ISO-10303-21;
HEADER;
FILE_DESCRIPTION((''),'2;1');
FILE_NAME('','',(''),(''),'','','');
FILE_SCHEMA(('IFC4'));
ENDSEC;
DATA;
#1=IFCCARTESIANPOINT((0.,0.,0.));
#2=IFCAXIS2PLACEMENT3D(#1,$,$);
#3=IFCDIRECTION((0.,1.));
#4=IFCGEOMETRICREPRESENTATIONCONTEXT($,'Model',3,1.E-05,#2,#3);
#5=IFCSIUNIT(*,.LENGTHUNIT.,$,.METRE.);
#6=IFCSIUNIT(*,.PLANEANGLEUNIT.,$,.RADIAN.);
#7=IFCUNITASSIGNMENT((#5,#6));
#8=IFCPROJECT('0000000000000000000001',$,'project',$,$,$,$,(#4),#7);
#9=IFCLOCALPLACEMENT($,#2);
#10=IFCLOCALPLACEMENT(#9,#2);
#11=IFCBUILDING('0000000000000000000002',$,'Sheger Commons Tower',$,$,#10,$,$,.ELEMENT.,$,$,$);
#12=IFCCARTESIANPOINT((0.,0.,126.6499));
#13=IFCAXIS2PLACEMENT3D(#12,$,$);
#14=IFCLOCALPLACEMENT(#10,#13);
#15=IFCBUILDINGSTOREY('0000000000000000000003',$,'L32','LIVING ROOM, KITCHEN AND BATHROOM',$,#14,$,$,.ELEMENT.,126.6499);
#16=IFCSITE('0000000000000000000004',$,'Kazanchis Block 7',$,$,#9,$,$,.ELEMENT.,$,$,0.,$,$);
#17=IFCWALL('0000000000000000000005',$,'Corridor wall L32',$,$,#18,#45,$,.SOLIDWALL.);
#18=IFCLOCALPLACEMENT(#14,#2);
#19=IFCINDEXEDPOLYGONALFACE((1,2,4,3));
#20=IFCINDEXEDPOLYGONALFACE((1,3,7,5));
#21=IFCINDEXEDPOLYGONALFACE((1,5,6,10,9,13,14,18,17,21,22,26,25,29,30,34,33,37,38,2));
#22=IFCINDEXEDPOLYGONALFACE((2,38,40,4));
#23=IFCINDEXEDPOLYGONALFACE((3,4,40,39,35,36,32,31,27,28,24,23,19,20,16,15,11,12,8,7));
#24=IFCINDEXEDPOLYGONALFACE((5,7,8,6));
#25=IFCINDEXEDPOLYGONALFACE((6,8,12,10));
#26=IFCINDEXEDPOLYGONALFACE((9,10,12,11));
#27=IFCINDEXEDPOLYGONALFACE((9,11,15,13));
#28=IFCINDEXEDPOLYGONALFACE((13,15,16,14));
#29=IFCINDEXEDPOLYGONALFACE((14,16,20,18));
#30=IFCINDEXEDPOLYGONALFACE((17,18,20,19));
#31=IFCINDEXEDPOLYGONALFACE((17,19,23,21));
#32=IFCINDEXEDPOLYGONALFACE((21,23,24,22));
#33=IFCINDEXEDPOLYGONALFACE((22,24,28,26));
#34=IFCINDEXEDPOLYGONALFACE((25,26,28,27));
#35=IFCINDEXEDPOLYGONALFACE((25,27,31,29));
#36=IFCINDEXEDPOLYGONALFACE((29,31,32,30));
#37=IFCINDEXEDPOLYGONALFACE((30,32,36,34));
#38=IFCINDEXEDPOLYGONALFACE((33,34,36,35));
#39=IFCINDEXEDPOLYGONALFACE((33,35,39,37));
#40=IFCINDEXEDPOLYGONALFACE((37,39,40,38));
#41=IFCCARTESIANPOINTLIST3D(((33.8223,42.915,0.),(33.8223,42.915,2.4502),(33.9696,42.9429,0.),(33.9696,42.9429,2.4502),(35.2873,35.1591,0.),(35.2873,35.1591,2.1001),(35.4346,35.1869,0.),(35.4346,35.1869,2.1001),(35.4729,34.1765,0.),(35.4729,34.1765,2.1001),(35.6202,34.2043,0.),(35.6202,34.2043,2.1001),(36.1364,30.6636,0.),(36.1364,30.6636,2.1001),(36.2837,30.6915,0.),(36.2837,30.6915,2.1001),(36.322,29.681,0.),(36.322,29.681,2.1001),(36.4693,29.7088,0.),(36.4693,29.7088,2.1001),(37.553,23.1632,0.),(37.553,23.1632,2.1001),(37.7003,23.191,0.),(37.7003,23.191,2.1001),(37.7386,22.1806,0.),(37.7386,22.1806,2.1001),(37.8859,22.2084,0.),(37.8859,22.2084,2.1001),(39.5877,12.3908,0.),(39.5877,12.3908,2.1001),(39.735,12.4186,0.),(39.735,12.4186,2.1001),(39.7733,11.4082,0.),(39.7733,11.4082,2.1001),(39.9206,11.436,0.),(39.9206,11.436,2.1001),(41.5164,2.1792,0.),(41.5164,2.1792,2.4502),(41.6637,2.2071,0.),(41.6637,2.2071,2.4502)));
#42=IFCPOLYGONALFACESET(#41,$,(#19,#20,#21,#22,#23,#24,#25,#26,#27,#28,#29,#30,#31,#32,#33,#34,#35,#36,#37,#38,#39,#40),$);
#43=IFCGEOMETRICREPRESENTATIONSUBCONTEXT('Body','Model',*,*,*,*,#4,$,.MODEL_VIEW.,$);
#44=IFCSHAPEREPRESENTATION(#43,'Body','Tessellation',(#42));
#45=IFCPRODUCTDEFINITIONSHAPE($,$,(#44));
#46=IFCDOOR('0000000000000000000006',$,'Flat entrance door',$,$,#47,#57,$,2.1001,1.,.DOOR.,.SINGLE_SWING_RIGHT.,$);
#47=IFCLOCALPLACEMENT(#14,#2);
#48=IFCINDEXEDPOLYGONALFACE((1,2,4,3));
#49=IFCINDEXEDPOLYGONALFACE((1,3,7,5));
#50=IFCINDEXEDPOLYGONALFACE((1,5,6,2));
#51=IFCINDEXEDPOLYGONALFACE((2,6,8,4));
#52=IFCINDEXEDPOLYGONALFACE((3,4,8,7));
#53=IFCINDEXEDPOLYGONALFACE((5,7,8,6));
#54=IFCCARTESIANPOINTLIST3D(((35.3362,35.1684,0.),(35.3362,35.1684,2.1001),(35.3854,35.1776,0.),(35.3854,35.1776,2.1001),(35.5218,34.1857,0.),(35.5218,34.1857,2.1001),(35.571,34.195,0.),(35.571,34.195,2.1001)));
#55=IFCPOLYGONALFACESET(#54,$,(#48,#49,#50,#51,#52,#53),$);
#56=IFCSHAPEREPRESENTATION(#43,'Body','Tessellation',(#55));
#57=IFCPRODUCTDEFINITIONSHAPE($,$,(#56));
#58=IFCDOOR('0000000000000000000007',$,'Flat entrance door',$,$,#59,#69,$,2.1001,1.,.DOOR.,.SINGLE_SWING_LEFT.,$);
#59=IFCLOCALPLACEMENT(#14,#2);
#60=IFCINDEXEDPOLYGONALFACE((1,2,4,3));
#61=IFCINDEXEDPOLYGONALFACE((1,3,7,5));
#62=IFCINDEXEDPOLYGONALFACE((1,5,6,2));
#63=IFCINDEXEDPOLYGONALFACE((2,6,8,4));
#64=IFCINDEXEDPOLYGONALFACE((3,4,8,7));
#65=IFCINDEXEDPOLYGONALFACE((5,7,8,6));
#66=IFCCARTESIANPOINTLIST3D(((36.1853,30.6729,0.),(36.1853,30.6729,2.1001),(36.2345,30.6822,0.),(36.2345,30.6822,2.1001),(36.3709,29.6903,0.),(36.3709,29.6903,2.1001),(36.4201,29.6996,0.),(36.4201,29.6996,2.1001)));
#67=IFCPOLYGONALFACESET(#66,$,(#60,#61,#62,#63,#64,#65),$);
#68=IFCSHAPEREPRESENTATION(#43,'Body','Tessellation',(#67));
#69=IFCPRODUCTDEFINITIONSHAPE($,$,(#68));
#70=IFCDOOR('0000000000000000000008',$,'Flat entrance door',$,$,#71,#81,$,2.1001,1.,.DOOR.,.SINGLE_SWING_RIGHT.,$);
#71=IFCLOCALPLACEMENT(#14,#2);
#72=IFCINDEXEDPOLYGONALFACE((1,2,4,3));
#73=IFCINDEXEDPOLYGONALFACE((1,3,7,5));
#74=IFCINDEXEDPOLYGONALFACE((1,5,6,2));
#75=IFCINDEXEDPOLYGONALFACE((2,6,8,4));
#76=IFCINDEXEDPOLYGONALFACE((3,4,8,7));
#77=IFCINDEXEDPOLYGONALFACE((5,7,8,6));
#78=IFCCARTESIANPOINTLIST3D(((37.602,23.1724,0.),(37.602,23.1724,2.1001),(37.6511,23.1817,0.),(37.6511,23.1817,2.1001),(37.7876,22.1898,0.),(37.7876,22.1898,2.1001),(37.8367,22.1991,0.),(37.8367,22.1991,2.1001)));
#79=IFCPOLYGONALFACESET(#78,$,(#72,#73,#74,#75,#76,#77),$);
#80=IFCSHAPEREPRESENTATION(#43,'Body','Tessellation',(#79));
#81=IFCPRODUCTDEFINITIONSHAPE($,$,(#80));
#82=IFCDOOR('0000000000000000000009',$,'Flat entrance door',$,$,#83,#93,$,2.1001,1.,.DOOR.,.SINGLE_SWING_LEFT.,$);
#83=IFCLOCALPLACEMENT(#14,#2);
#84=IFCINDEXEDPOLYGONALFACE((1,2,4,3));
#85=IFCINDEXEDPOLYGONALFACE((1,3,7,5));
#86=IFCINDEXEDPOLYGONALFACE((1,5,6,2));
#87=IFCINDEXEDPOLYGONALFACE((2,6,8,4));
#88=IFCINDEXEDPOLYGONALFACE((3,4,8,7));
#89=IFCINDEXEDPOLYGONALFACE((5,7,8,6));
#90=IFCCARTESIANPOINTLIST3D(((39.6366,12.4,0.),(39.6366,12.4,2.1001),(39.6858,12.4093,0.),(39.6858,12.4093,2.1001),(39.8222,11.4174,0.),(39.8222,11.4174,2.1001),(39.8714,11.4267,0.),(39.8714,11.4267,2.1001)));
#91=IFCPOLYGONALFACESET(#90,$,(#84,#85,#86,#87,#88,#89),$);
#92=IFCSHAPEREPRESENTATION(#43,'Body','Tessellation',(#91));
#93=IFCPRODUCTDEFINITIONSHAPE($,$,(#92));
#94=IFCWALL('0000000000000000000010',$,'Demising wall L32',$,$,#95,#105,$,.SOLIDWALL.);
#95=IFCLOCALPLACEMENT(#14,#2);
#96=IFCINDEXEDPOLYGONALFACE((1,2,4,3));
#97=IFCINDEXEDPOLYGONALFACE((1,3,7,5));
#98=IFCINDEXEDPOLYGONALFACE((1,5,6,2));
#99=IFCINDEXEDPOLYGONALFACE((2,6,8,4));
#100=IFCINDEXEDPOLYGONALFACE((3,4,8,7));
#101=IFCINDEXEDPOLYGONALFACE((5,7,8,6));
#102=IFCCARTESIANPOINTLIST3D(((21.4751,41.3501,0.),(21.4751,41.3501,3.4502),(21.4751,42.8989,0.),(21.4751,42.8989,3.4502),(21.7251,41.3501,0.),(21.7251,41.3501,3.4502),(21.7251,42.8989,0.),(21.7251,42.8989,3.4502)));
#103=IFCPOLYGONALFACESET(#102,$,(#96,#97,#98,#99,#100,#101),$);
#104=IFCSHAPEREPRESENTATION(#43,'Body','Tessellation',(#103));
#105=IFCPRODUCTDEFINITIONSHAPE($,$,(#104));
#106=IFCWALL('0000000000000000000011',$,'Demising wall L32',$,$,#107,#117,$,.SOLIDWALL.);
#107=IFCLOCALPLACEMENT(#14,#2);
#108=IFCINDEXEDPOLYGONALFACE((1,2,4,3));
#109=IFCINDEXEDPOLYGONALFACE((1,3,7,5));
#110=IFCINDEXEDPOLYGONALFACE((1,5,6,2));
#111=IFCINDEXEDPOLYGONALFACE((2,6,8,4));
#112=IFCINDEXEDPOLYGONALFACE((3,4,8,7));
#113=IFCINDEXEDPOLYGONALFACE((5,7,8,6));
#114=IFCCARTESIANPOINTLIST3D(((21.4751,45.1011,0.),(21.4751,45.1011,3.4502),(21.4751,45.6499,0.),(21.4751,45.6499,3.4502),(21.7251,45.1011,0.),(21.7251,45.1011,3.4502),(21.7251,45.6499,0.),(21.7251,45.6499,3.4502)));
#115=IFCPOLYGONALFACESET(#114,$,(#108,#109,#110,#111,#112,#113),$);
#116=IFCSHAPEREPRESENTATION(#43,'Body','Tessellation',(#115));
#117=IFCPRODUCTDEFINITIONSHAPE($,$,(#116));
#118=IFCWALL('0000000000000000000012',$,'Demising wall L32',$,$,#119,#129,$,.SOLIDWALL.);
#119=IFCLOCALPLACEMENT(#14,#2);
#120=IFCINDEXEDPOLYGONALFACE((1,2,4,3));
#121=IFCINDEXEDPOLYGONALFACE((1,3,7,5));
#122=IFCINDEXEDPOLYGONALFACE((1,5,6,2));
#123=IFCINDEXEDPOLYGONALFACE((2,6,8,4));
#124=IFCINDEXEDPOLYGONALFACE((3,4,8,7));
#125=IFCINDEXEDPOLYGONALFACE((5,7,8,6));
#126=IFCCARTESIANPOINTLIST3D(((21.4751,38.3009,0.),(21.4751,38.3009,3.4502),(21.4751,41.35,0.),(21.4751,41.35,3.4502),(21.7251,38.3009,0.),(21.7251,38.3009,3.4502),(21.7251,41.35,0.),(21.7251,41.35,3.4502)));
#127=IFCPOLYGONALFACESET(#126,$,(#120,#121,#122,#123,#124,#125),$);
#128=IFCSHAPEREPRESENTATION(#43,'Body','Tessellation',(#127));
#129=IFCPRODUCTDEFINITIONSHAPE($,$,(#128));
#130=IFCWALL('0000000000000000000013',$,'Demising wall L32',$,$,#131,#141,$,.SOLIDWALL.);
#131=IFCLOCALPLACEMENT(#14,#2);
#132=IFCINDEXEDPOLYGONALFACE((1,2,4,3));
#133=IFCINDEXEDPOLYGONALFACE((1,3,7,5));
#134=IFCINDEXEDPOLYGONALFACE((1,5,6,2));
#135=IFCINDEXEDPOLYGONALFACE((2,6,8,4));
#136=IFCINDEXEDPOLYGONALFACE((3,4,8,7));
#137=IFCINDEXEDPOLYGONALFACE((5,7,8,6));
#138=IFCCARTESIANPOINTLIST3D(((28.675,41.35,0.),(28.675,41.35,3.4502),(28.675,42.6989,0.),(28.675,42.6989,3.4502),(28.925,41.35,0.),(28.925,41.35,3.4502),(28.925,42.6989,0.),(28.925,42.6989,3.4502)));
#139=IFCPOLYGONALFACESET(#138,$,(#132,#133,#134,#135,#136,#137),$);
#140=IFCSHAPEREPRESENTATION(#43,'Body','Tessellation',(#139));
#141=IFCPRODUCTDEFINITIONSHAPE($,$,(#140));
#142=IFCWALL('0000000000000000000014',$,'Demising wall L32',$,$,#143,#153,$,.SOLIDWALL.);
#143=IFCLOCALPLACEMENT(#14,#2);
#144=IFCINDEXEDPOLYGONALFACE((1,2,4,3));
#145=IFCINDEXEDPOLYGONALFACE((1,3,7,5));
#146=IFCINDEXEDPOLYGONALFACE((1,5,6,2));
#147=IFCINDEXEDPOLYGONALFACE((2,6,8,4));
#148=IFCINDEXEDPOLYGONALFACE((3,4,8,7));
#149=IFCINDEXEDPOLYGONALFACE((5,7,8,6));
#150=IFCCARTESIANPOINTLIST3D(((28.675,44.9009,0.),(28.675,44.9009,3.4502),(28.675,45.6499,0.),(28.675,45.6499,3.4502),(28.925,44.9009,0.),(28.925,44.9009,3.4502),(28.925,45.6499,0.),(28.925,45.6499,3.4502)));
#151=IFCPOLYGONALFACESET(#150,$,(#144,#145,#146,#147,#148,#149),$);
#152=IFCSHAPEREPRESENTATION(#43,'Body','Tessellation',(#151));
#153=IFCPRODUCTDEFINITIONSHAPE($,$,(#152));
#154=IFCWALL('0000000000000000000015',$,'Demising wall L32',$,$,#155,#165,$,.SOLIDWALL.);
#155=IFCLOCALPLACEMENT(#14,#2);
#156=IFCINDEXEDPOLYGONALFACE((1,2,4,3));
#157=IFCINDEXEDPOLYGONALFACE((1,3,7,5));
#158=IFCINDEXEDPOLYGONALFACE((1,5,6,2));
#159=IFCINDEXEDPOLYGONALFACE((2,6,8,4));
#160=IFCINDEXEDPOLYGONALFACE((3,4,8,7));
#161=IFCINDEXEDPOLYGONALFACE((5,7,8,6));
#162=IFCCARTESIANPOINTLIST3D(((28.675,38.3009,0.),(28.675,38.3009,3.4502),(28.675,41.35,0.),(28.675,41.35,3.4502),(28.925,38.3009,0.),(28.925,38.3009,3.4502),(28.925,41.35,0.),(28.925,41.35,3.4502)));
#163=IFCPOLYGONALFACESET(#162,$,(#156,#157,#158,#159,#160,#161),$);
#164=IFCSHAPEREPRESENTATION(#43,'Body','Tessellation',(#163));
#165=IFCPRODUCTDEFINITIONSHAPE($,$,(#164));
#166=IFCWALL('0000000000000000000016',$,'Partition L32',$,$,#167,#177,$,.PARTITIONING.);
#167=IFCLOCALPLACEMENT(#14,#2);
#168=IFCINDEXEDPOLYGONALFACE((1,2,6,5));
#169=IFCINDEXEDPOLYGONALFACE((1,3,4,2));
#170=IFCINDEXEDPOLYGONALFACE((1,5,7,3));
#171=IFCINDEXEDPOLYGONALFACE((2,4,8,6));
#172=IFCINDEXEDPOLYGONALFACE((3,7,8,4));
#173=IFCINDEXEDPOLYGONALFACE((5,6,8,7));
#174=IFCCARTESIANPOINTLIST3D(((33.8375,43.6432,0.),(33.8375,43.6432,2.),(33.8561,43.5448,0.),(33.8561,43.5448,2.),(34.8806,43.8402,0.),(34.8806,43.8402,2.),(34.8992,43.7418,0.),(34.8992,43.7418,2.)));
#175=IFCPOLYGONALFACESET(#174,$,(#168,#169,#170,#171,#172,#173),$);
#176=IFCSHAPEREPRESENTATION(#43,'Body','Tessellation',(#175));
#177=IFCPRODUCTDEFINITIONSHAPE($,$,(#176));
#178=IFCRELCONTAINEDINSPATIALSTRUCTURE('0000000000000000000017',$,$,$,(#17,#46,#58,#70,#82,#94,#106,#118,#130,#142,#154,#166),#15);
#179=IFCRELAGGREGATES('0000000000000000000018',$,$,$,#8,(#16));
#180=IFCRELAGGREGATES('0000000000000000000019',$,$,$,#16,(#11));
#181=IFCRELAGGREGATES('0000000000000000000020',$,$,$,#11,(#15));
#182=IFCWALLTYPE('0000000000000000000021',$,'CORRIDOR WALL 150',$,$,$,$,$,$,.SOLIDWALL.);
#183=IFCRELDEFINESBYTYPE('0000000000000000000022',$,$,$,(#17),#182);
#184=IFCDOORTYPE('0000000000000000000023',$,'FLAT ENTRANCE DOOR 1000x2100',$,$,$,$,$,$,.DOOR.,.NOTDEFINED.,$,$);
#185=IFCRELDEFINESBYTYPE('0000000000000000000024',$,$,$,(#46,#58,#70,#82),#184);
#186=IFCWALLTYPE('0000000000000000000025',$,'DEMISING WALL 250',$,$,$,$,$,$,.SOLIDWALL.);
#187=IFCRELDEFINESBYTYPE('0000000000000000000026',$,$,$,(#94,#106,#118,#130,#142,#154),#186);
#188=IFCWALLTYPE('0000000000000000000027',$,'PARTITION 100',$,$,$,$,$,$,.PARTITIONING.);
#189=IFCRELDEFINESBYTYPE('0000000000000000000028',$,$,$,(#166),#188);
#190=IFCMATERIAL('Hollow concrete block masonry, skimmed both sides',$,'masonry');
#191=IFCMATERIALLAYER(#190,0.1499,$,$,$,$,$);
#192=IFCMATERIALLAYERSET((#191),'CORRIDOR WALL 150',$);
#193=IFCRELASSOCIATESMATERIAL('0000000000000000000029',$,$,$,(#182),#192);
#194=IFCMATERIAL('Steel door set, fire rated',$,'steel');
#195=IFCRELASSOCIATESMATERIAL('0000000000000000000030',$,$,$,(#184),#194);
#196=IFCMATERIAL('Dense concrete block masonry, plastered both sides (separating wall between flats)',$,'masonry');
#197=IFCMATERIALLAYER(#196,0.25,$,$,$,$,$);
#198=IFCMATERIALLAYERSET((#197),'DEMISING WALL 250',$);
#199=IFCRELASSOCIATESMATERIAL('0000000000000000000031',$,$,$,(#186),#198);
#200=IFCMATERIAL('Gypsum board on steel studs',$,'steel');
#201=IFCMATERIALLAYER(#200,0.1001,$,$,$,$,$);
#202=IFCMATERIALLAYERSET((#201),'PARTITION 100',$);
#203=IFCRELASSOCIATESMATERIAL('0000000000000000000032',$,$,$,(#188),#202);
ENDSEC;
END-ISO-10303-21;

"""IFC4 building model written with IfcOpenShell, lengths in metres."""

from ifc_helpers import new_model, si_unit, direction, frame, frame_2d, origin, place, context, subcontext, project, spatial, rectangle, extrude, material, layer, layer_set, type_object, element, fill, save


model = new_model("IFC4")

# Units and contexts
model_context = context("Model", 3, precision=1e-05, world=origin(), true_north=direction((0.0, 1.0)))
body_context = subcontext(model_context, "Body", "Model", "MODEL_VIEW")
ifc_project = project(units=[si_unit("LENGTHUNIT", "METRE"), si_unit("PLANEANGLEUNIT", "RADIAN")], contexts=[model_context])

# Site, building, storey
site_placement = place(None, origin())
site = spatial("IfcSite", under=ifc_project, at=site_placement, Name="Kazanchis Block 7", CompositionType="ELEMENT", RefElevation=0.0)
building_placement = place(site_placement, origin())
building = spatial("IfcBuilding", under=site, at=building_placement, Name="Sheger Commons Tower", CompositionType="ELEMENT")
storey_placement = place(building_placement, frame((0.0, 0.0, 126.6499)))
storey = spatial("IfcBuildingStorey", under=building, at=storey_placement, Name="L32", Description="LIVING ROOM, KITCHEN AND BATHROOM", CompositionType="ELEMENT", Elevation=126.6499)

# Shared definitions
ifc_material_1 = material(Name="Hollow concrete block masonry, skimmed both sides", Category="masonry")
ifc_layer_1 = layer(ifc_material_1, 0.1499)
ifc_layer_set_1 = layer_set([ifc_layer_1], Name="CORRIDOR WALL 150")
wall_type_1 = type_object("IfcWallType", Name="CORRIDOR WALL 150", PredefinedType="SOLIDWALL", material=ifc_layer_set_1)

# Wall, openings, doors
wall_1_placement = place(storey_placement, frame((33.896, 42.929, 0.0), z_axis=(0.0, 0.0, 1.0), x_axis=(0.185596, -0.982626, 0.0)))
wall_1 = element("IfcWall", 1, at=wall_1_placement, inside=storey, type_object=wall_type_1, Name="Corridor wall L32", PredefinedType="SOLIDWALL", context=body_context, shape_type="SweptSolid", body=[
    extrude(rectangle(XDim=41.4561, YDim=0.1499, at=frame_2d((20.728, 0.0))), origin(), (0.0, 0.0, 1.0), 2.4502),
])
opening_1_placement = place(wall_1_placement, frame((7.8931, 0.0, 0.0)))
opening_1 = element("IfcOpeningElement", 2, at=opening_1_placement, cuts=wall_1, PredefinedType="OPENING", context=body_context, shape_type="SweptSolid", body=[
    extrude(rectangle(XDim=1.0, YDim=2.1001, at=frame_2d((0.5, 1.05))), frame((0.0, 0.085, 0.0), z_axis=(0.0, -1.0, 0.0), x_axis=(1.0, 0.0, 0.0)), (0.0, 0.0, 1.0), 0.1699),
])
opening_2_placement = place(wall_1_placement, frame((12.468, 0.0, 0.0)))
opening_2 = element("IfcOpeningElement", 3, at=opening_2_placement, cuts=wall_1, PredefinedType="OPENING", context=body_context, shape_type="SweptSolid", body=[
    extrude(rectangle(XDim=1.0, YDim=2.1001, at=frame_2d((0.5, 1.05))), frame((0.0, 0.085, 0.0), z_axis=(0.0, -1.0, 0.0), x_axis=(1.0, 0.0, 0.0)), (0.0, 0.0, 1.0), 0.1699),
])
opening_3_placement = place(wall_1_placement, frame((20.1011, 0.0, 0.0)))
opening_3 = element("IfcOpeningElement", 4, at=opening_3_placement, cuts=wall_1, PredefinedType="OPENING", context=body_context, shape_type="SweptSolid", body=[
    extrude(rectangle(XDim=1.0, YDim=2.1001, at=frame_2d((0.5, 1.05))), frame((0.0, 0.085, 0.0), z_axis=(0.0, -1.0, 0.0), x_axis=(1.0, 0.0, 0.0)), (0.0, 0.0, 1.0), 0.1699),
])
opening_4_placement = place(wall_1_placement, frame((31.064, 0.0, 0.0)))
opening_4 = element("IfcOpeningElement", 5, at=opening_4_placement, cuts=wall_1, PredefinedType="OPENING", context=body_context, shape_type="SweptSolid", body=[
    extrude(rectangle(XDim=1.0, YDim=2.1001, at=frame_2d((0.5, 1.05))), frame((0.0, 0.085, 0.0), z_axis=(0.0, -1.0, 0.0), x_axis=(1.0, 0.0, 0.0)), (0.0, 0.0, 1.0), 0.1699),
])
ifc_material_2 = material(Name="Steel door set, fire rated", Category="steel")
door_type_1 = type_object("IfcDoorType", Name="FLAT ENTRANCE DOOR 1000x2100", OperationType="NOTDEFINED", PredefinedType="DOOR", material=ifc_material_2)
door_1_placement = place(opening_1_placement, origin())
door_1 = element("IfcDoor", 6, at=door_1_placement, inside=storey, type_object=door_type_1, Name="Flat entrance door", OperationType="SINGLE_SWING_RIGHT", OverallHeight=2.1001, OverallWidth=1.0, PredefinedType="DOOR", context=body_context, shape_type="SweptSolid", body=[
    extrude(rectangle(XDim=1.0, YDim=2.1001, at=frame_2d((0.5, 1.05))), frame((0.0, 0.0249, 0.0), z_axis=(0.0, -1.0, 0.0), x_axis=(1.0, 0.0, 0.0)), (0.0, 0.0, 1.0), 0.05),
])
fill(opening_1, door_1)
door_2_placement = place(opening_2_placement, origin())
door_2 = element("IfcDoor", 7, at=door_2_placement, inside=storey, type_object=door_type_1, Name="Flat entrance door", OperationType="SINGLE_SWING_LEFT", OverallHeight=2.1001, OverallWidth=1.0, PredefinedType="DOOR", context=body_context, shape_type="SweptSolid", body=[
    extrude(rectangle(XDim=1.0, YDim=2.1001, at=frame_2d((0.5, 1.05))), frame((0.0, 0.0249, 0.0), z_axis=(0.0, -1.0, 0.0), x_axis=(1.0, 0.0, 0.0)), (0.0, 0.0, 1.0), 0.05),
])
fill(opening_2, door_2)
door_3_placement = place(opening_3_placement, origin())
door_3 = element("IfcDoor", 8, at=door_3_placement, inside=storey, type_object=door_type_1, Name="Flat entrance door", OperationType="SINGLE_SWING_RIGHT", OverallHeight=2.1001, OverallWidth=1.0, PredefinedType="DOOR", context=body_context, shape_type="SweptSolid", body=[
    extrude(rectangle(XDim=1.0, YDim=2.1001, at=frame_2d((0.5, 1.05))), frame((0.0, 0.0249, 0.0), z_axis=(0.0, -1.0, 0.0), x_axis=(1.0, 0.0, 0.0)), (0.0, 0.0, 1.0), 0.05),
])
fill(opening_3, door_3)
door_4_placement = place(opening_4_placement, origin())
door_4 = element("IfcDoor", 9, at=door_4_placement, inside=storey, type_object=door_type_1, Name="Flat entrance door", OperationType="SINGLE_SWING_LEFT", OverallHeight=2.1001, OverallWidth=1.0, PredefinedType="DOOR", context=body_context, shape_type="SweptSolid", body=[
    extrude(rectangle(XDim=1.0, YDim=2.1001, at=frame_2d((0.5, 1.05))), frame((0.0, 0.0249, 0.0), z_axis=(0.0, -1.0, 0.0), x_axis=(1.0, 0.0, 0.0)), (0.0, 0.0, 1.0), 0.05),
])
fill(opening_4, door_4)

# Walls
ifc_material_3 = material(Name="Dense concrete block masonry, plastered both sides (separating wall between flats)", Category="masonry")
ifc_layer_2 = layer(ifc_material_3, 0.25)
ifc_layer_set_2 = layer_set([ifc_layer_2], Name="DEMISING WALL 250")
wall_type_2 = type_object("IfcWallType", Name="DEMISING WALL 250", PredefinedType="SOLIDWALL", material=ifc_layer_set_2)
wall_2_placement = place(storey_placement, frame((21.6001, 41.3501, 0.0), z_axis=(0.0, 0.0, 1.0), x_axis=(0.0, 1.0, 0.0)))
element("IfcWall", 10, at=wall_2_placement, inside=storey, type_object=wall_type_2, Name="Demising wall L32", PredefinedType="SOLIDWALL", context=body_context, shape_type="SweptSolid", body=[
    extrude(rectangle(XDim=1.5488, YDim=0.25, at=frame_2d((0.7744, 0.0))), origin(), (0.0, 0.0, 1.0), 3.4502),
])
wall_3_placement = place(storey_placement, frame((21.6001, 45.1011, 0.0), z_axis=(0.0, 0.0, 1.0), x_axis=(0.0, 1.0, 0.0)))
element("IfcWall", 11, at=wall_3_placement, inside=storey, type_object=wall_type_2, Name="Demising wall L32", PredefinedType="SOLIDWALL", context=body_context, shape_type="SweptSolid", body=[
    extrude(rectangle(XDim=0.5488, YDim=0.25, at=frame_2d((0.2744, 0.0))), origin(), (0.0, 0.0, 1.0), 3.4502),
])
wall_4_placement = place(storey_placement, frame((21.6001, 38.301, 0.0), z_axis=(0.0, 0.0, 1.0), x_axis=(0.0, 1.0, 0.0)))
element("IfcWall", 12, at=wall_4_placement, inside=storey, type_object=wall_type_2, Name="Demising wall L32", PredefinedType="SOLIDWALL", context=body_context, shape_type="SweptSolid", body=[
    extrude(rectangle(XDim=3.0491, YDim=0.25, at=frame_2d((1.5244, 0.0))), origin(), (0.0, 0.0, 1.0), 3.4502),
])
wall_5_placement = place(storey_placement, frame((28.8, 41.3501, 0.0), z_axis=(0.0, 0.0, 1.0), x_axis=(0.0, 1.0, 0.0)))
element("IfcWall", 13, at=wall_5_placement, inside=storey, type_object=wall_type_2, Name="Demising wall L32", PredefinedType="SOLIDWALL", context=body_context, shape_type="SweptSolid", body=[
    extrude(rectangle(XDim=1.3489, YDim=0.25, at=frame_2d((0.6743, 0.0))), origin(), (0.0, 0.0, 1.0), 3.4502),
])
wall_6_placement = place(storey_placement, frame((28.8, 44.9009, 0.0), z_axis=(0.0, 0.0, 1.0), x_axis=(0.0, 1.0, 0.0)))
element("IfcWall", 14, at=wall_6_placement, inside=storey, type_object=wall_type_2, Name="Demising wall L32", PredefinedType="SOLIDWALL", context=body_context, shape_type="SweptSolid", body=[
    extrude(rectangle(XDim=0.749, YDim=0.25, at=frame_2d((0.3745, 0.0))), origin(), (0.0, 0.0, 1.0), 3.4502),
])
wall_7_placement = place(storey_placement, frame((28.8, 38.301, 0.0), z_axis=(0.0, 0.0, 1.0), x_axis=(0.0, 1.0, 0.0)))
element("IfcWall", 15, at=wall_7_placement, inside=storey, type_object=wall_type_2, Name="Demising wall L32", PredefinedType="SOLIDWALL", context=body_context, shape_type="SweptSolid", body=[
    extrude(rectangle(XDim=3.0491, YDim=0.25, at=frame_2d((1.5244, 0.0))), origin(), (0.0, 0.0, 1.0), 3.4502),
])
ifc_material_4 = material(Name="Gypsum board on steel studs", Category="steel")
ifc_layer_3 = layer(ifc_material_4, 0.1001)
ifc_layer_set_3 = layer_set([ifc_layer_3], Name="PARTITION 100")
wall_type_3 = type_object("IfcWallType", Name="PARTITION 100", PredefinedType="PARTITIONING", material=ifc_layer_set_3)
wall_8_placement = place(storey_placement, frame((34.8899, 43.791, 0.0), z_axis=(0.0, 0.0, 1.0), x_axis=(-0.982621, -0.185622, 0.0)))
element("IfcWall", 16, at=wall_8_placement, inside=storey, type_object=wall_type_3, Name="Partition L32", PredefinedType="PARTITIONING", context=body_context, shape_type="SweptSolid", body=[
    extrude(rectangle(XDim=1.0615, YDim=0.1001, at=frame_2d((0.5308, 0.0))), origin(), (0.0, 0.0, 1.0), 2.0),
])

save(model, "model.ifc")
